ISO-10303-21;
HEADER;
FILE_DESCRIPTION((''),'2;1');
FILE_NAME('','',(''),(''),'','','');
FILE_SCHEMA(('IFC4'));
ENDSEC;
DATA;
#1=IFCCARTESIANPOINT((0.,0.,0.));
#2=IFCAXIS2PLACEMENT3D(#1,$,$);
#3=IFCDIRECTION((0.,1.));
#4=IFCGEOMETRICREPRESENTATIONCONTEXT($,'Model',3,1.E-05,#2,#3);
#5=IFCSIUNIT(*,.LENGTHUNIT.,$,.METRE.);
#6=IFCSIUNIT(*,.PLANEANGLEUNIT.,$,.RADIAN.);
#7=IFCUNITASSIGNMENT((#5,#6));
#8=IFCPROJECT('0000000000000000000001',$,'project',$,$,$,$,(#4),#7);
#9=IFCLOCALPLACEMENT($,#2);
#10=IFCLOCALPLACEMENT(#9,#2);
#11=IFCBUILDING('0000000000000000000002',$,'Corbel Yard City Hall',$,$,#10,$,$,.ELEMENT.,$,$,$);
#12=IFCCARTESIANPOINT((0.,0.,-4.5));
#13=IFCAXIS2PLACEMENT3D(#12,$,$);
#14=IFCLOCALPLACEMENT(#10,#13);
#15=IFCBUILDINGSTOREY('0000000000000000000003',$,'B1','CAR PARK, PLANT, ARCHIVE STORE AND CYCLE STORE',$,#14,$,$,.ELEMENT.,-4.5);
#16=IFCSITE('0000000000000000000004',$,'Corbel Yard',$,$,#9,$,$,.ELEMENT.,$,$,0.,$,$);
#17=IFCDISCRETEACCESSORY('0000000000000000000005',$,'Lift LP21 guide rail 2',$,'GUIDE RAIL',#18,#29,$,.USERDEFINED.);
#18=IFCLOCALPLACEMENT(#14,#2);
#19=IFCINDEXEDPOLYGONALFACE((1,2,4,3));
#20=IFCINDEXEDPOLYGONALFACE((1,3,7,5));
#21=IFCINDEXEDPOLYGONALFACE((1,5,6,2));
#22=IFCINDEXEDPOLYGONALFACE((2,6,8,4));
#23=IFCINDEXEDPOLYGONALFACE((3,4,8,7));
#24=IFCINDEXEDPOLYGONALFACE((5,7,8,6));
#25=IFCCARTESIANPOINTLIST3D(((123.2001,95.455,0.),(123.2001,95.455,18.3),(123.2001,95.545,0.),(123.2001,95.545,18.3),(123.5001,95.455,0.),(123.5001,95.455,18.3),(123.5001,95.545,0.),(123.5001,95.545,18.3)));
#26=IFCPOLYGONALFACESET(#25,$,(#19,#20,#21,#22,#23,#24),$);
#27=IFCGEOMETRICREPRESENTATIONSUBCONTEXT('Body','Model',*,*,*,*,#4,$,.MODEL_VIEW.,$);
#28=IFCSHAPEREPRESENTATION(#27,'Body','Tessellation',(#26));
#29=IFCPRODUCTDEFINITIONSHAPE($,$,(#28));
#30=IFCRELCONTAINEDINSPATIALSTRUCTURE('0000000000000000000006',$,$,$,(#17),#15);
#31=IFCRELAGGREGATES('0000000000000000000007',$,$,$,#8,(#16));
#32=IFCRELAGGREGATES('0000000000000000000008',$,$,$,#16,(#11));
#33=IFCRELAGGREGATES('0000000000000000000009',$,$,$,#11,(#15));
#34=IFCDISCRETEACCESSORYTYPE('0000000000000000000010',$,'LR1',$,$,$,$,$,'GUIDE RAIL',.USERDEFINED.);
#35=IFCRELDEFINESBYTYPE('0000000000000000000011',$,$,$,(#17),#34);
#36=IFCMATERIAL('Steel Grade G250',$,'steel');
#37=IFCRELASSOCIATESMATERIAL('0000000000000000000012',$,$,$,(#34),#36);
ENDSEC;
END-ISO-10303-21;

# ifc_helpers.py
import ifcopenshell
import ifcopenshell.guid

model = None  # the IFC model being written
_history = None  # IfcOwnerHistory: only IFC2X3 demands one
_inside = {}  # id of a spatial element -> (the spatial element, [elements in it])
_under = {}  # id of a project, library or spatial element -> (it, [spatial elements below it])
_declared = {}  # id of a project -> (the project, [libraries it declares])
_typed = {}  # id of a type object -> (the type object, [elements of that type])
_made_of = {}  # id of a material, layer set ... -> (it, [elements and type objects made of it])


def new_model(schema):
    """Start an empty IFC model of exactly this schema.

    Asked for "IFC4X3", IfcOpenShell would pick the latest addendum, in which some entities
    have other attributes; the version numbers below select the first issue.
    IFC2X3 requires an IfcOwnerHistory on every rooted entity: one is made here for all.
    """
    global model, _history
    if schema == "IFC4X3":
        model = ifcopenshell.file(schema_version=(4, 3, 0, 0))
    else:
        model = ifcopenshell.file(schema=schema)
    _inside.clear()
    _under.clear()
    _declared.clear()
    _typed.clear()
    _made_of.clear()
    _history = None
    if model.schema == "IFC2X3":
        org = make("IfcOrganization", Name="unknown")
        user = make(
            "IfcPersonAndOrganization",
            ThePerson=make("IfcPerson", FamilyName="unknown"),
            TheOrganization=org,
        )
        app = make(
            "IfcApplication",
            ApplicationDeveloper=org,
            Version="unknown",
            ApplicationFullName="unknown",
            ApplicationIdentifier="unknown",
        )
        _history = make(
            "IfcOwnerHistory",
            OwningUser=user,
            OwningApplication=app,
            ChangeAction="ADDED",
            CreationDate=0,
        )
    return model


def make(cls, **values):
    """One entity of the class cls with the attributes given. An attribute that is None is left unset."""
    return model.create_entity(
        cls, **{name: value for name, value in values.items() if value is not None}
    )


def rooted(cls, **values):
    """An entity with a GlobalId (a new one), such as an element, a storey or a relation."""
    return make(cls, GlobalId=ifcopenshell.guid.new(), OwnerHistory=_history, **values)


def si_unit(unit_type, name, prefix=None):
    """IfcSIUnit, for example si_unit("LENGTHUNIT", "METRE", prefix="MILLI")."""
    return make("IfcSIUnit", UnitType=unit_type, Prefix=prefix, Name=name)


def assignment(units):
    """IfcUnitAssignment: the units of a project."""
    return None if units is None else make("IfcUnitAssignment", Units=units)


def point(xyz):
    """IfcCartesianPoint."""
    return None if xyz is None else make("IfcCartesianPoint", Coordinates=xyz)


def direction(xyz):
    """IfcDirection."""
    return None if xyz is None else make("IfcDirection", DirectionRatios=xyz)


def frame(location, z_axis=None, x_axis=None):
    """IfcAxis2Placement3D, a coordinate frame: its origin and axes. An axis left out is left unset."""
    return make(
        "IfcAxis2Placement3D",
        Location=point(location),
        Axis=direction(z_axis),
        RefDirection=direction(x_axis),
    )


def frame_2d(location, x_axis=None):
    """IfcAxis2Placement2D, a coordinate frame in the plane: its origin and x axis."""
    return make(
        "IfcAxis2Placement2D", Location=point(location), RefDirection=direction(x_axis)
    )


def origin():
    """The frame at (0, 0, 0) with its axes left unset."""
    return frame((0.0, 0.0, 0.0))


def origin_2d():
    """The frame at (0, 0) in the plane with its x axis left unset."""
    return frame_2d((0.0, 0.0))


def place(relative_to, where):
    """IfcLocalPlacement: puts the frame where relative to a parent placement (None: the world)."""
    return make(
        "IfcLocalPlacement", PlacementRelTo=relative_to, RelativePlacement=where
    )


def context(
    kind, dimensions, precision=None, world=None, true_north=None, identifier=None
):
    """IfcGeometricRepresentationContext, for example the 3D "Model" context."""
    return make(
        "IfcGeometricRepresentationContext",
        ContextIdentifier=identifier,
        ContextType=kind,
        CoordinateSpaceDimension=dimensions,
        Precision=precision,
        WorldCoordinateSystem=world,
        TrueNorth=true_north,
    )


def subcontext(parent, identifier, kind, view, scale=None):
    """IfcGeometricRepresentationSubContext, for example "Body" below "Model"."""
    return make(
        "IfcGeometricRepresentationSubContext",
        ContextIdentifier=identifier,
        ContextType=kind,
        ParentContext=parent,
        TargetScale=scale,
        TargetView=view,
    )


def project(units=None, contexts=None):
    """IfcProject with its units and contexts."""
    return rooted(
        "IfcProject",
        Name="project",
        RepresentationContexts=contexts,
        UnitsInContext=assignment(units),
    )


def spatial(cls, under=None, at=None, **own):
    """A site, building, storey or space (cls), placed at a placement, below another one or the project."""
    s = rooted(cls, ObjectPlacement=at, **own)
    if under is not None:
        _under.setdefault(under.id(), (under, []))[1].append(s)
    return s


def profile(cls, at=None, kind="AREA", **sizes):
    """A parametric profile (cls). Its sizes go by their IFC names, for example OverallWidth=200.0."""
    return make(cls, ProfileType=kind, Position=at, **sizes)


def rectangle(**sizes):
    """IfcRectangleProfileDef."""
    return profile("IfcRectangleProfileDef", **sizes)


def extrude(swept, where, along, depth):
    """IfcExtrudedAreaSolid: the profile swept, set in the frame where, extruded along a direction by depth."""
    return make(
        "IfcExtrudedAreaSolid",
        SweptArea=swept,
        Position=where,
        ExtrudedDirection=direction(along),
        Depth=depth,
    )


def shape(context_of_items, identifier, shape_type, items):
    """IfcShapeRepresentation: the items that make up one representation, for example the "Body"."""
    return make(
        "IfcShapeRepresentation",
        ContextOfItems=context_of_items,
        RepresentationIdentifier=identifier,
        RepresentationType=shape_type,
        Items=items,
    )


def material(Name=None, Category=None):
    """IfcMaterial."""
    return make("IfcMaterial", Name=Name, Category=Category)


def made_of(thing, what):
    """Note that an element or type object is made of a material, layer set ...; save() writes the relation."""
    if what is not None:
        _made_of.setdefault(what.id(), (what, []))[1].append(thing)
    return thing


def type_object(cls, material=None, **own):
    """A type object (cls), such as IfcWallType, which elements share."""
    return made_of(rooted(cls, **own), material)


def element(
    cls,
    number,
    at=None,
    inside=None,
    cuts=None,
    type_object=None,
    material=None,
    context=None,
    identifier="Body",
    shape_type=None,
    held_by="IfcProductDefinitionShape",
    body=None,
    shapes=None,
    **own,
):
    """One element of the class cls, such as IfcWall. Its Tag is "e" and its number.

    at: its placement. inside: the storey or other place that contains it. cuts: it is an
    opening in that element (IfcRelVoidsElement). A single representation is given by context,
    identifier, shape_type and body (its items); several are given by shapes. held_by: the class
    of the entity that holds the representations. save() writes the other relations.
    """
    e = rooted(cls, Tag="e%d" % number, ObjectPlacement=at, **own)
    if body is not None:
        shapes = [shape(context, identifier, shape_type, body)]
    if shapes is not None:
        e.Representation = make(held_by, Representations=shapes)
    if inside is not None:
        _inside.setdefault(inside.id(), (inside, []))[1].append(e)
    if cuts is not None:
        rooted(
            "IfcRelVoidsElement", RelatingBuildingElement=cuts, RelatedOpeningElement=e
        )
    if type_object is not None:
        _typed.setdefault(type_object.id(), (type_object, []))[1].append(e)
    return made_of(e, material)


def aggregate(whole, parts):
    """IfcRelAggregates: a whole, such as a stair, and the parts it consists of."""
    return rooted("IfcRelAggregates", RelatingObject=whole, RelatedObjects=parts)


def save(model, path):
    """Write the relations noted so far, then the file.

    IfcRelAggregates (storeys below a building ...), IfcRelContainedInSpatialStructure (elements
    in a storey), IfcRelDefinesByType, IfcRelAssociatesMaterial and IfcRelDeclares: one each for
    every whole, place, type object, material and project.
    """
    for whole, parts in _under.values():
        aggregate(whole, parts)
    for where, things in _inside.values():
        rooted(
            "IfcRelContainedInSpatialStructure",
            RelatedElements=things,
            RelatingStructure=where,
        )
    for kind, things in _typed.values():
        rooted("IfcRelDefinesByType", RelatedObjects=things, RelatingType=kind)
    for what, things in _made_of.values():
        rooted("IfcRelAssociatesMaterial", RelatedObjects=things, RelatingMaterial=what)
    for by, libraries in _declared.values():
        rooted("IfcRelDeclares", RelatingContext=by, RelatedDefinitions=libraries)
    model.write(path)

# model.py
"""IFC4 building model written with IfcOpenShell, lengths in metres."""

from ifc_helpers import new_model, si_unit, direction, frame, origin, origin_2d, place, context, subcontext, project, spatial, rectangle, extrude, material, type_object, element, save


model = new_model("IFC4")

# Units and contexts
model_context = context("Model", 3, precision=1e-05, world=origin(), true_north=direction((0.0, 1.0)))
body_context = subcontext(model_context, "Body", "Model", "MODEL_VIEW")
ifc_project = project(units=[si_unit("LENGTHUNIT", "METRE"), si_unit("PLANEANGLEUNIT", "RADIAN")], contexts=[model_context])

# Site, building, storey
site_placement = place(None, origin())
site = spatial("IfcSite", under=ifc_project, at=site_placement, Name="Corbel Yard", CompositionType="ELEMENT", RefElevation=0.0)
building_placement = place(site_placement, origin())
building = spatial("IfcBuilding", under=site, at=building_placement, Name="Corbel Yard City Hall", CompositionType="ELEMENT")
storey_placement = place(building_placement, frame((0.0, 0.0, -4.5)))
storey = spatial("IfcBuildingStorey", under=building, at=storey_placement, Name="B1", Description="CAR PARK, PLANT, ARCHIVE STORE AND CYCLE STORE", CompositionType="ELEMENT", Elevation=-4.5)

# Shared definitions
ifc_material_1 = material(Name="Steel Grade G250", Category="steel")

# Discrete accessory
discrete_accessory_type_1 = type_object("IfcDiscreteAccessoryType", Name="LR1", ElementType="GUIDE RAIL", PredefinedType="USERDEFINED", material=ifc_material_1)
for number, where, z_axis, x_axis, name in (
    (1, (123.3501, 95.5, 0.0), (0.0, 0.0, 1.0), (1.0, 0.0, 0.0), "Lift LP21 guide rail 2"),
):
    element("IfcDiscreteAccessory", number, at=place(storey_placement, frame(where, z_axis=z_axis, x_axis=x_axis)), inside=storey, type_object=discrete_accessory_type_1, Name=name, ObjectType="GUIDE RAIL", PredefinedType="USERDEFINED", context=body_context, shape_type="SweptSolid", body=[
        extrude(rectangle(XDim=0.3, YDim=0.0901, at=origin_2d()), origin(), (0.0, 0.0, 1.0), 18.3),
    ])

save(model, "model.ifc")
